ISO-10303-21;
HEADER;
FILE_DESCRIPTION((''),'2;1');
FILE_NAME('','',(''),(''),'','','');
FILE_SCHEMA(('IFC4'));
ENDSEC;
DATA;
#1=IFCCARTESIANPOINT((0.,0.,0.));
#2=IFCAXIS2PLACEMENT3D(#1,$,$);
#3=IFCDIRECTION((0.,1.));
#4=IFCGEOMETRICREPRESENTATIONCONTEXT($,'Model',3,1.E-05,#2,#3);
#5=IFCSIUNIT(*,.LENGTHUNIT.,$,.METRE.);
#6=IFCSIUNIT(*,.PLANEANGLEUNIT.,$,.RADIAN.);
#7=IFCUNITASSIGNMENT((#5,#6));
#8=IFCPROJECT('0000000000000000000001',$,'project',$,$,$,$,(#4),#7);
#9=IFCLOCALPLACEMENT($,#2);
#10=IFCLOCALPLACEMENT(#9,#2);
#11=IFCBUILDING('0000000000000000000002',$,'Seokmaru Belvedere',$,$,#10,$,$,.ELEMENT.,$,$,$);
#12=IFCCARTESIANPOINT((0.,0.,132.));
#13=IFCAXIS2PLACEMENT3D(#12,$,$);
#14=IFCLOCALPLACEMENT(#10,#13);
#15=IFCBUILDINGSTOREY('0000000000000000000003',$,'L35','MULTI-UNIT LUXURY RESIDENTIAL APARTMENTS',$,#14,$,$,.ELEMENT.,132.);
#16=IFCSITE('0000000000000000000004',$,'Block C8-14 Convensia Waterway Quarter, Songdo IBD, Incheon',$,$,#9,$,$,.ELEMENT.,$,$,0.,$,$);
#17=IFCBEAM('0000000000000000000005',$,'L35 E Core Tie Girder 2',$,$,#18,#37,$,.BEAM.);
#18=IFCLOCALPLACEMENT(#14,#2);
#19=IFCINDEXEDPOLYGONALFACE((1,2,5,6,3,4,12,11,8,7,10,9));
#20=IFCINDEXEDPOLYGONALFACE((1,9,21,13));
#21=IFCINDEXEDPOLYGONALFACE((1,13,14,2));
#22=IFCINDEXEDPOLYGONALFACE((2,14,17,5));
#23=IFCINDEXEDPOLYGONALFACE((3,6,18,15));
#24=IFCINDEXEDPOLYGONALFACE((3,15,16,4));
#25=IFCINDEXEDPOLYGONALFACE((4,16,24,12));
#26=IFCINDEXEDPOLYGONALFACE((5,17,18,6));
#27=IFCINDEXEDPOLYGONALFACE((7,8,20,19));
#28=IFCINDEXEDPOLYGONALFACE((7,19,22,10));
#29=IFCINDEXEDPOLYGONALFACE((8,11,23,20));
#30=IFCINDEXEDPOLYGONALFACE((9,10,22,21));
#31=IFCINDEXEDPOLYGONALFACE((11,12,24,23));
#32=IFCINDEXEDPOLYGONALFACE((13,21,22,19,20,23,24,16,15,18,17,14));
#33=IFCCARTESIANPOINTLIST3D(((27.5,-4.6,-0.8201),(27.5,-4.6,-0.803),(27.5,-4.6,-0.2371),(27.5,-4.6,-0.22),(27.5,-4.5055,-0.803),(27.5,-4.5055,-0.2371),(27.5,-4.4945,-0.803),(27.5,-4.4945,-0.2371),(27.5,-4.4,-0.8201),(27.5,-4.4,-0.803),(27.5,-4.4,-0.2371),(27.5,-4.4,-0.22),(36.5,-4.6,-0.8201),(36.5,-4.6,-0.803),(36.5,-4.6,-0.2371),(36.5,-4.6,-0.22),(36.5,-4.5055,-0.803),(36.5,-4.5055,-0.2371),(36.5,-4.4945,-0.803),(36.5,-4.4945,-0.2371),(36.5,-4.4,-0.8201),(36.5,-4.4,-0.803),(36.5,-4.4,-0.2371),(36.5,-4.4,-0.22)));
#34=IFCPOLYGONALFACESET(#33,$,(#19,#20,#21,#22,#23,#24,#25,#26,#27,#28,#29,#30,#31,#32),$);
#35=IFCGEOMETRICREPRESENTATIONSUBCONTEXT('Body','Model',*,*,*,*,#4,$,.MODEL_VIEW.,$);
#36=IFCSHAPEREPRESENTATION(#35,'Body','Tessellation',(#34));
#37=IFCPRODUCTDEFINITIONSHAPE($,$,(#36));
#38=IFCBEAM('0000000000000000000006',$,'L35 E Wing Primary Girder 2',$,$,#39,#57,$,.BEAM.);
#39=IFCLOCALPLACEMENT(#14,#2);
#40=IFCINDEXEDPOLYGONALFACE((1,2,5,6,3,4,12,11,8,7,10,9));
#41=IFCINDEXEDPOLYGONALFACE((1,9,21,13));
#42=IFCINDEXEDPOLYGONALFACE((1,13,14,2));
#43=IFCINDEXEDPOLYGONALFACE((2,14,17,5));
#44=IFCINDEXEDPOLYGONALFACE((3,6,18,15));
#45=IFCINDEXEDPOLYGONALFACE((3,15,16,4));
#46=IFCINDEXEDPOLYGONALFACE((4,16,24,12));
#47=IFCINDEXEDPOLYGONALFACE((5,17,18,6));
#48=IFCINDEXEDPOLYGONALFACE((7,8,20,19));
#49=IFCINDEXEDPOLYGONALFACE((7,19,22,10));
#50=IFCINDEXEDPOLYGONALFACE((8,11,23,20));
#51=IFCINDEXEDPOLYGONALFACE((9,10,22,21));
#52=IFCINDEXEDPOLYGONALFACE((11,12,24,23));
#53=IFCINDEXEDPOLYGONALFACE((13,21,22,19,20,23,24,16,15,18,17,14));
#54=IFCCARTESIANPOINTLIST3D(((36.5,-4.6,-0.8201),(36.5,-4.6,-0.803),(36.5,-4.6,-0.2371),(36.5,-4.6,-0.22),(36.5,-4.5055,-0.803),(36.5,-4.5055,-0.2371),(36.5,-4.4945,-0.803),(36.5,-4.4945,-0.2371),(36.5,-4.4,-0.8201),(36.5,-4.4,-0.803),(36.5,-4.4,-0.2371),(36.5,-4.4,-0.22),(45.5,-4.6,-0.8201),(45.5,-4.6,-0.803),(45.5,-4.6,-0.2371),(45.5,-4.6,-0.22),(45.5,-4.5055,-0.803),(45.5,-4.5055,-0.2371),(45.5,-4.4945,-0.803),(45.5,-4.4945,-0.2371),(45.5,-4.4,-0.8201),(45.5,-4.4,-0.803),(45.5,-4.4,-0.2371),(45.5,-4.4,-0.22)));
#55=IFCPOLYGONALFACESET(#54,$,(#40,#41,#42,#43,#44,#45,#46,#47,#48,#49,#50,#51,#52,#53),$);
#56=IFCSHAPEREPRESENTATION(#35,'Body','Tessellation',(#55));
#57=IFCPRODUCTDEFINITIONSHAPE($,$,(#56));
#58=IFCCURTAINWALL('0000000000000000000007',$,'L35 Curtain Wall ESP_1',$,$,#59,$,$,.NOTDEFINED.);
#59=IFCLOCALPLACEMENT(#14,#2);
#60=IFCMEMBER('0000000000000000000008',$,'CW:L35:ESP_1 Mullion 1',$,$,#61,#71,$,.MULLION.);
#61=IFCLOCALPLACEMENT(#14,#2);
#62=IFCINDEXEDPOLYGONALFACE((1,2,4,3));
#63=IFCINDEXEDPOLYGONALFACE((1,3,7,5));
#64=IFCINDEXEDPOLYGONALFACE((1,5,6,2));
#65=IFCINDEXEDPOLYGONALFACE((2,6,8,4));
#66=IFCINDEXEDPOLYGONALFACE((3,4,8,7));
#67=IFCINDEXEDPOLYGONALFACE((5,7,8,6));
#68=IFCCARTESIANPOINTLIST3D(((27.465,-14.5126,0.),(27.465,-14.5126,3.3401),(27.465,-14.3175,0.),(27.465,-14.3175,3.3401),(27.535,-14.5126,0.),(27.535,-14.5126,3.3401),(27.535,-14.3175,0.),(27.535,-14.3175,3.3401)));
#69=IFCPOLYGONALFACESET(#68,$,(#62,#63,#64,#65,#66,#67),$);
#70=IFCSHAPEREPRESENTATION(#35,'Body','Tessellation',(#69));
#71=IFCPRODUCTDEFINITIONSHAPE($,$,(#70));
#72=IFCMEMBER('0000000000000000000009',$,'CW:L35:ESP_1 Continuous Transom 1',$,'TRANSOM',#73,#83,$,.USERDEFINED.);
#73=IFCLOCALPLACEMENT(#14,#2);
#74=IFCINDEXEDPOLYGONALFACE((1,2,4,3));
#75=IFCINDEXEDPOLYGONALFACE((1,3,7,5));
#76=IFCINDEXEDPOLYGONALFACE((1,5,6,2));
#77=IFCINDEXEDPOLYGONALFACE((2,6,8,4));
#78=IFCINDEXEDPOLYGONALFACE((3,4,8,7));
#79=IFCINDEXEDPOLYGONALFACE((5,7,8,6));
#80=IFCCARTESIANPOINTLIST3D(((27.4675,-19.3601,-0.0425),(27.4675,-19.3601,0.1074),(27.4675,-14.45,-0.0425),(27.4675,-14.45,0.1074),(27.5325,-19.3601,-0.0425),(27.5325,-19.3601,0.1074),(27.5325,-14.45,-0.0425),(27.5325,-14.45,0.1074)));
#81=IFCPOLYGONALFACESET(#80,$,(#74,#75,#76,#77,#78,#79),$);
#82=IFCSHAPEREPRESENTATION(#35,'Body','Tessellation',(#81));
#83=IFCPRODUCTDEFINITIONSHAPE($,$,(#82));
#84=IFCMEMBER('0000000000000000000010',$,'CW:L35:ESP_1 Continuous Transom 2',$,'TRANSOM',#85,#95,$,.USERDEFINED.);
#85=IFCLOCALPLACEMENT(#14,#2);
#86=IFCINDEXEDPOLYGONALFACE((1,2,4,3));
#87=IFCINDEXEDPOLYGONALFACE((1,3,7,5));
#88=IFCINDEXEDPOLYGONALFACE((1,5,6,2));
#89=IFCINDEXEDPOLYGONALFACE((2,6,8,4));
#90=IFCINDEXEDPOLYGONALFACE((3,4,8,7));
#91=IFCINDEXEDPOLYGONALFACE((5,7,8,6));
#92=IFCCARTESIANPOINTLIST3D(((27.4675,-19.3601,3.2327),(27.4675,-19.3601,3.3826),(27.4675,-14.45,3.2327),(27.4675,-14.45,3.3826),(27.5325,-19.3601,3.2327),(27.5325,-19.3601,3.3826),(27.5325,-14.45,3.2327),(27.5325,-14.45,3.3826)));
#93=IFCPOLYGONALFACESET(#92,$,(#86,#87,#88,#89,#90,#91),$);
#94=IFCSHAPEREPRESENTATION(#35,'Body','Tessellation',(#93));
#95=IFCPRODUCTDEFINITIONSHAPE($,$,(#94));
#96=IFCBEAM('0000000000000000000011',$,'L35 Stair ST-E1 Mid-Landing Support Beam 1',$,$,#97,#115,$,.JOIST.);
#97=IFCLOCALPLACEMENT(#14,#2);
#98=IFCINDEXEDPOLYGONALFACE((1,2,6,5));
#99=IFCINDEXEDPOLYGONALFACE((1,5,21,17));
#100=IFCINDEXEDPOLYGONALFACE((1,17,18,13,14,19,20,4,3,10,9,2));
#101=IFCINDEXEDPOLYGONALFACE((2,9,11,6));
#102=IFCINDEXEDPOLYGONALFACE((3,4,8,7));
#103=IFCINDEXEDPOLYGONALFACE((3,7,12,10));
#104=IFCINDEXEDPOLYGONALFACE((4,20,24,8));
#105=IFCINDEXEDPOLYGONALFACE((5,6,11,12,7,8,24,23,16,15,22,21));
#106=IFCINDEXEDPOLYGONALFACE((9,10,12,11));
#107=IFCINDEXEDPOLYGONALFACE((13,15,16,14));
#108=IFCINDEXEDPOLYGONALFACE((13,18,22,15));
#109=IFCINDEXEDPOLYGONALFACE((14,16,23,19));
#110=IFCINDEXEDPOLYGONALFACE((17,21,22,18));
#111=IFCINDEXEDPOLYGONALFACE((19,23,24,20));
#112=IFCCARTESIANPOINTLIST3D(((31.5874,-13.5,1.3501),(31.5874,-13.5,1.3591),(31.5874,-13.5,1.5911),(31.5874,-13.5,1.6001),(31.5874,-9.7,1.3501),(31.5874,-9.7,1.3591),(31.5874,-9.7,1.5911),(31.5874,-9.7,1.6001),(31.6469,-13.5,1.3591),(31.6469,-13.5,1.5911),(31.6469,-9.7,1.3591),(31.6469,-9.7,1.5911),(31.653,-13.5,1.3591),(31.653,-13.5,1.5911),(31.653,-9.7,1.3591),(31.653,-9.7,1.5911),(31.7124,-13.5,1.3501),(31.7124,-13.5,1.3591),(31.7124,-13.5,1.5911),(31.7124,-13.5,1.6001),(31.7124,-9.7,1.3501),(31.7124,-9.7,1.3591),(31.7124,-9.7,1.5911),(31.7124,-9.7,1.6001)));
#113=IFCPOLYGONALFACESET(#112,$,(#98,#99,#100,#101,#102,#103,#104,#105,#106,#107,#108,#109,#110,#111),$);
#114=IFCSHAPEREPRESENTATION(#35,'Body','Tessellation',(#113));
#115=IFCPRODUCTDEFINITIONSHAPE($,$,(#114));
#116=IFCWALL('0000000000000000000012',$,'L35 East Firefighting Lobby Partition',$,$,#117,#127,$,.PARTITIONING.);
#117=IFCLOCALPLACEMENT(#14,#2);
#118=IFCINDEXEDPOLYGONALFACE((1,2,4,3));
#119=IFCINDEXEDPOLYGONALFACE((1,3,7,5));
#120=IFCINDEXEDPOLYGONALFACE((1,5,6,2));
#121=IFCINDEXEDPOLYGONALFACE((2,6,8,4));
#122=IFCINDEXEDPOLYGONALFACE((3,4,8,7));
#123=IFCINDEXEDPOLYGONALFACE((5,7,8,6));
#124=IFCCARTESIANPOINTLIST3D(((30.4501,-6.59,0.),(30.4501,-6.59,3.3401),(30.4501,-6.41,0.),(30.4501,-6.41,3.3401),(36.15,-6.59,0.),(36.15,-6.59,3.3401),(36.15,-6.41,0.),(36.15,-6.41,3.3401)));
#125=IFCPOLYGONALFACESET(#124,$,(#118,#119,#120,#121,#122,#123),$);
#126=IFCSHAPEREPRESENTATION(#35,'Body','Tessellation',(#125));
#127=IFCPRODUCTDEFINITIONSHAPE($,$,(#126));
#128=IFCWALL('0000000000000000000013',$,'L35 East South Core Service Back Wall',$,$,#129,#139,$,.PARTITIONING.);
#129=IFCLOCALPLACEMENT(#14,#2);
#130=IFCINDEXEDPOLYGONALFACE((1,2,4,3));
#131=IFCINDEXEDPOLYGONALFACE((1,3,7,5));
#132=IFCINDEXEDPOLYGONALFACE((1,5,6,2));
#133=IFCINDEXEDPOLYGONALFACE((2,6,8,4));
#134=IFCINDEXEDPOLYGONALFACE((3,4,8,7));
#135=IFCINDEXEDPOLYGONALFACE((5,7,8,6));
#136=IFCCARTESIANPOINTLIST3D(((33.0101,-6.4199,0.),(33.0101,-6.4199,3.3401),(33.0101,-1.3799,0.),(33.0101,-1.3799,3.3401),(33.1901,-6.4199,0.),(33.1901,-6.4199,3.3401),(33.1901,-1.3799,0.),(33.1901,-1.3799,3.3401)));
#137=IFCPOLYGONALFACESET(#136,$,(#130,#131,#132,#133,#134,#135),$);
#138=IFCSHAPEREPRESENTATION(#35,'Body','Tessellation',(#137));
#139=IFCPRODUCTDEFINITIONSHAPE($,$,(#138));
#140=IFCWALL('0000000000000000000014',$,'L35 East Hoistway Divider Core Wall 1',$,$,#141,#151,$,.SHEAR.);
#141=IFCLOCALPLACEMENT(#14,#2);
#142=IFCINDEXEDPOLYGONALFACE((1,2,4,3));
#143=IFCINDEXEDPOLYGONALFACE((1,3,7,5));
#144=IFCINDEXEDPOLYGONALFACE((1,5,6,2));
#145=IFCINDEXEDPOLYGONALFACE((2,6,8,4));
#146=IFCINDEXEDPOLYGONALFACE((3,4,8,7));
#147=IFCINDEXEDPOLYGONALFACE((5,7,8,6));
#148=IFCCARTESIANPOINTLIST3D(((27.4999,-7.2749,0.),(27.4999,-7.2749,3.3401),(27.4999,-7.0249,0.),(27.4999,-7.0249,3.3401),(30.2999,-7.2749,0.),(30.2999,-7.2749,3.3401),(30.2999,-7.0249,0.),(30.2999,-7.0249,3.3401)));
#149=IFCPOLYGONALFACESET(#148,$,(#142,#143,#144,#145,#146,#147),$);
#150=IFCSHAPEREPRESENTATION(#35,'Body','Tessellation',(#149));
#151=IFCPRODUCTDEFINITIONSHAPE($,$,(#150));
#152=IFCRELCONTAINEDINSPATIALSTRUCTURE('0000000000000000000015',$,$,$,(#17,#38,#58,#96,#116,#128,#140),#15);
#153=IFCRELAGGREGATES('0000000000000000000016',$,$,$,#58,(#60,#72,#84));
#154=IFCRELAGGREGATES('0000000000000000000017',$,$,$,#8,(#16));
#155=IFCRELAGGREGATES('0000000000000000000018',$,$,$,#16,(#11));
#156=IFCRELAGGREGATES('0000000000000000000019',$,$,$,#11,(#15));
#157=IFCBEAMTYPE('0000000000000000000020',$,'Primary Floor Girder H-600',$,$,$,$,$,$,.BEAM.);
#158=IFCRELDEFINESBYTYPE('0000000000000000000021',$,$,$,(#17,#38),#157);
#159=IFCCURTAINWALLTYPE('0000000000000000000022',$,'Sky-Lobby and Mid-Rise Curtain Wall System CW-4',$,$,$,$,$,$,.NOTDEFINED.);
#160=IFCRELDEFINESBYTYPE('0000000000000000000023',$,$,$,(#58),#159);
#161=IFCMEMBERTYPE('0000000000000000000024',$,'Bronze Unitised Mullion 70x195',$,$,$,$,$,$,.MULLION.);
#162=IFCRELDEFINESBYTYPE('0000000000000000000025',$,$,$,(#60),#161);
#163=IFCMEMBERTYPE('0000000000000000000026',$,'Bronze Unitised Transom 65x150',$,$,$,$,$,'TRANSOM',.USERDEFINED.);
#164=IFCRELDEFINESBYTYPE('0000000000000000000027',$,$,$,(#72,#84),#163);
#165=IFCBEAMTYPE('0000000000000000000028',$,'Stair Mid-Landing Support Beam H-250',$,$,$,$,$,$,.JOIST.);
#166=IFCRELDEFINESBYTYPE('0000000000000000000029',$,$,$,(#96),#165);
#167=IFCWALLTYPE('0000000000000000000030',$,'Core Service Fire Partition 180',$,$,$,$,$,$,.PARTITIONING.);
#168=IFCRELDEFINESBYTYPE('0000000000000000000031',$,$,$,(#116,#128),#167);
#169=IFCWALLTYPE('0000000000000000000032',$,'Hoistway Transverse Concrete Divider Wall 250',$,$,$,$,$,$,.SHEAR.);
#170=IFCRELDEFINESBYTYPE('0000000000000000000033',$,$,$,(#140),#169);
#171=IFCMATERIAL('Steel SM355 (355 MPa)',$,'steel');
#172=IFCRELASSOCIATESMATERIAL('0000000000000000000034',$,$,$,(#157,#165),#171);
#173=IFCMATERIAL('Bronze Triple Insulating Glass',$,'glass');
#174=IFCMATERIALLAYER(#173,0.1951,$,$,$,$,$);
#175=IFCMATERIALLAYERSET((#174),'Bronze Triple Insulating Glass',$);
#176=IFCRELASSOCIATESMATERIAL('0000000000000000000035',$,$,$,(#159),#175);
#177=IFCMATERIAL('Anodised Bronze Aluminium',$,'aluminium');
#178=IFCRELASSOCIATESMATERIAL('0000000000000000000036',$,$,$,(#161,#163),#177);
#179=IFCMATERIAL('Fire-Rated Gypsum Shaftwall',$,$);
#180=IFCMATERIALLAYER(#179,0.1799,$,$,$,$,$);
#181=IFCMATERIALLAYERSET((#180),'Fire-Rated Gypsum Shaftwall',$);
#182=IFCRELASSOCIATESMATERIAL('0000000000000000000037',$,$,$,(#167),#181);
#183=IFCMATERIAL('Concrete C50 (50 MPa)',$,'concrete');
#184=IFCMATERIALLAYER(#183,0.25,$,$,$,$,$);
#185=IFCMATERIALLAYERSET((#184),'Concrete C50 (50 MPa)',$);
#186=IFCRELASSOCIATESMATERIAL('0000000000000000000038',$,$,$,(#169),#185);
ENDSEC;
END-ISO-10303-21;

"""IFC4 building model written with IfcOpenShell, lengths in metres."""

from ifc_helpers import new_model, si_unit, direction, frame, frame_2d, origin, origin_2d, place, context, subcontext, project, spatial, rectangle, i_section, extrude, source, transform, mapped, material, layer, layer_set, material_profile, profile_set, type_object, type_shapes, element, aggregate, save


model = new_model("IFC4")

# Units and contexts
model_context = context("Model", 3, precision=1e-05, world=origin(), true_north=direction((0.0, 1.0)))
body_context = subcontext(model_context, "Body", "Model", "MODEL_VIEW")
ifc_project = project(units=[si_unit("LENGTHUNIT", "METRE"), si_unit("PLANEANGLEUNIT", "RADIAN")], contexts=[model_context])

# Site, building, storey
site_placement = place(None, origin())
site = spatial("IfcSite", under=ifc_project, at=site_placement, Name="Block C8-14 Convensia Waterway Quarter, Songdo IBD, Incheon", CompositionType="ELEMENT", RefElevation=0.0)
building_placement = place(site_placement, origin())
building = spatial("IfcBuilding", under=site, at=building_placement, Name="Seokmaru Belvedere", CompositionType="ELEMENT")
storey_placement = place(building_placement, frame((0.0, 0.0, 132.0)))
storey = spatial("IfcBuildingStorey", under=building, at=storey_placement, Name="L35", Description="MULTI-UNIT LUXURY RESIDENTIAL APARTMENTS", CompositionType="ELEMENT", Elevation=132.0)

# Shared definitions
ifc_material_1 = material(Name="Steel SM355 (355 MPa)", Category="steel")

# Beams
ifc_material_profile_1 = material_profile(ifc_material_1, i_section(OverallWidth=0.2, OverallDepth=0.6001, WebThickness=0.011, FlangeThickness=0.0171, at=origin_2d()), Name="H-600x200x11x17")
ifc_profile_set_1 = profile_set([ifc_material_profile_1], Name="Steel SM355 (355 MPa)")
beam_type_1 = type_object("IfcBeamType", Name="Primary Floor Girder H-600", PredefinedType="BEAM", material=ifc_profile_set_1)
shared_shape_1 = source(origin(), body_context, "Body", "SweptSolid", [
    extrude(i_section(OverallWidth=0.2, OverallDepth=0.6001, WebThickness=0.011, FlangeThickness=0.0171, at=origin_2d()), origin(), (0.0, 0.0, 1.0), 9.0),
])
type_shapes(beam_type_1, [shared_shape_1])
for number, where, z_axis, x_axis, name in (
    (1, (27.5, -4.5, -0.52), (1.0, 0.0, 0.0), (0.0, 1.0, 0.0), "L35 E Core Tie Girder 2"),
    (2, (36.5, -4.5, -0.52), (1.0, 0.0, 0.0), (0.0, 1.0, 0.0), "L35 E Wing Primary Girder 2"),
):
    element("IfcBeam", number, at=place(storey_placement, frame(where, z_axis=z_axis, x_axis=x_axis)), inside=storey, type_object=beam_type_1, Name=name, PredefinedType="BEAM", context=body_context, shape_type="MappedRepresentation", body=[
        mapped(shared_shape_1, transform((0.0, 0.0, 0.0), scale=1.0)),
    ])

# Curtain wall, members
ifc_material_2 = material(Name="Bronze Triple Insulating Glass", Category="glass")
ifc_layer_1 = layer(ifc_material_2, 0.1951)
ifc_layer_set_1 = layer_set([ifc_layer_1], Name="Bronze Triple Insulating Glass")
curtain_wall_type = type_object("IfcCurtainWallType", Name="Sky-Lobby and Mid-Rise Curtain Wall System CW-4", PredefinedType="NOTDEFINED", material=ifc_layer_set_1)
curtain_wall_placement = place(storey_placement, origin())
curtain_wall = element("IfcCurtainWall", 3, at=curtain_wall_placement, inside=storey, type_object=curtain_wall_type, Name="L35 Curtain Wall ESP_1", PredefinedType="NOTDEFINED")
ifc_material_3 = material(Name="Anodised Bronze Aluminium", Category="aluminium")
ifc_material_profile_2 = material_profile(ifc_material_3, rectangle(XDim=0.0701, YDim=0.1951, at=origin_2d()), Name="CW-M-70x195")
ifc_profile_set_2 = profile_set([ifc_material_profile_2], Name="Anodised Bronze Aluminium")
member_type_1 = type_object("IfcMemberType", Name="Bronze Unitised Mullion 70x195", PredefinedType="MULLION", material=ifc_profile_set_2)
shared_shape_2 = source(origin(), body_context, "Body", "SweptSolid", [
    extrude(rectangle(XDim=0.0701, YDim=0.1951, at=origin_2d()), origin(), (0.0, 0.0, 1.0), 3.3401),
])
type_shapes(member_type_1, [shared_shape_2])
member_1_placement = place(storey_placement, frame((27.5, -14.415, 0.0), z_axis=(0.0, 0.0, 1.0), x_axis=(1.0, 0.0, 0.0)))
member_1 = element("IfcMember", 4, at=member_1_placement, type_object=member_type_1, Name="CW:L35:ESP_1 Mullion 1", PredefinedType="MULLION", context=body_context, shape_type="MappedRepresentation", body=[
    mapped(shared_shape_2, transform((0.0, 0.0, 0.0), scale=1.0)),
])
ifc_material_profile_3 = material_profile(ifc_material_3, rectangle(XDim=0.0649, YDim=0.1499, at=origin_2d()), Name="CW-T-65x150")
ifc_profile_set_3 = profile_set([ifc_material_profile_3], Name="Anodised Bronze Aluminium")
member_type_2 = type_object("IfcMemberType", Name="Bronze Unitised Transom 65x150", ElementType="TRANSOM", PredefinedType="USERDEFINED", material=ifc_profile_set_3)
shared_shape_3 = source(origin(), body_context, "Body", "SweptSolid", [
    extrude(rectangle(XDim=0.0649, YDim=0.1499, at=origin_2d()), origin(), (0.0, 0.0, 1.0), 4.9102),
])
type_shapes(member_type_2, [shared_shape_3])
member_2_placement = place(storey_placement, frame((27.5, -14.45, 0.0325), z_axis=(0.0, -1.0, 0.0), x_axis=(1.0, 0.0, 0.0)))
member_2 = element("IfcMember", 5, at=member_2_placement, type_object=member_type_2, Name="CW:L35:ESP_1 Continuous Transom 1", ObjectType="TRANSOM", PredefinedType="USERDEFINED", context=body_context, shape_type="MappedRepresentation", body=[
    mapped(shared_shape_3, transform((0.0, 0.0, 0.0), scale=1.0)),
])
member_3_placement = place(storey_placement, frame((27.5, -14.45, 3.3076), z_axis=(0.0, -1.0, 0.0), x_axis=(1.0, 0.0, 0.0)))
member_3 = element("IfcMember", 6, at=member_3_placement, type_object=member_type_2, Name="CW:L35:ESP_1 Continuous Transom 2", ObjectType="TRANSOM", PredefinedType="USERDEFINED", context=body_context, shape_type="MappedRepresentation", body=[
    mapped(shared_shape_3, transform((0.0, 0.0, 0.0), scale=1.0)),
])
aggregate(curtain_wall, [member_1, member_2, member_3])

# Beam
ifc_material_profile_4 = material_profile(ifc_material_1, i_section(OverallWidth=0.125, OverallDepth=0.25, WebThickness=0.0061, FlangeThickness=0.009, at=origin_2d()), Name="H-250x125x6x9")
ifc_profile_set_4 = profile_set([ifc_material_profile_4], Name="Steel SM355 (355 MPa)")
beam_type_2 = type_object("IfcBeamType", Name="Stair Mid-Landing Support Beam H-250", PredefinedType="JOIST", material=ifc_profile_set_4)
shared_shape_4 = source(origin(), body_context, "Body", "SweptSolid", [
    extrude(i_section(OverallWidth=0.125, OverallDepth=0.25, WebThickness=0.0061, FlangeThickness=0.009, at=origin_2d()), origin(), (0.0, 0.0, 1.0), 3.8),
])
type_shapes(beam_type_2, [shared_shape_4])
beam_1_placement = place(storey_placement, frame((31.6499, -13.5, 1.4751), z_axis=(0.0, 1.0, 0.0), x_axis=(-1.0, 0.0, 0.0)))
element("IfcBeam", 7, at=beam_1_placement, inside=storey, type_object=beam_type_2, Name="L35 Stair ST-E1 Mid-Landing Support Beam 1", PredefinedType="JOIST", context=body_context, shape_type="MappedRepresentation", body=[
    mapped(shared_shape_4, transform((0.0, 0.0, 0.0), scale=1.0)),
])

# Walls
ifc_material_4 = material(Name="Fire-Rated Gypsum Shaftwall")
ifc_layer_2 = layer(ifc_material_4, 0.1799)
ifc_layer_set_2 = layer_set([ifc_layer_2], Name="Fire-Rated Gypsum Shaftwall")
wall_type_1 = type_object("IfcWallType", Name="Core Service Fire Partition 180", PredefinedType="PARTITIONING", material=ifc_layer_set_2)
wall_1_placement = place(storey_placement, frame((30.45, -6.5, 0.0), z_axis=(0.0, 0.0, 1.0), x_axis=(1.0, 0.0, 0.0)))
element("IfcWall", 8, at=wall_1_placement, inside=storey, type_object=wall_type_1, Name="L35 East Firefighting Lobby Partition", PredefinedType="PARTITIONING", context=body_context, shape_type="SweptSolid", body=[
    extrude(rectangle(XDim=5.7, YDim=0.1799, at=frame_2d((2.8501, 0.0))), origin(), (0.0, 0.0, 1.0), 3.3401),
])
wall_2_placement = place(storey_placement, frame((33.1001, -6.4199, 0.0), z_axis=(0.0, 0.0, 1.0), x_axis=(0.0, 1.0, 0.0)))
element("IfcWall", 9, at=wall_2_placement, inside=storey, type_object=wall_type_1, Name="L35 East South Core Service Back Wall", PredefinedType="PARTITIONING", context=body_context, shape_type="SweptSolid", body=[
    extrude(rectangle(XDim=5.04, YDim=0.1799, at=frame_2d((2.52, 0.0))), origin(), (0.0, 0.0, 1.0), 3.3401),
])
ifc_material_5 = material(Name="Concrete C50 (50 MPa)", Category="concrete")
ifc_layer_3 = layer(ifc_material_5, 0.25)
ifc_layer_set_3 = layer_set([ifc_layer_3], Name="Concrete C50 (50 MPa)")
wall_type_2 = type_object("IfcWallType", Name="Hoistway Transverse Concrete Divider Wall 250", PredefinedType="SHEAR", material=ifc_layer_set_3)
wall_3_placement = place(storey_placement, frame((27.5, -7.1499, 0.0), z_axis=(0.0, 0.0, 1.0), x_axis=(1.0, 0.0, 0.0)))
element("IfcWall", 10, at=wall_3_placement, inside=storey, type_object=wall_type_2, Name="L35 East Hoistway Divider Core Wall 1", PredefinedType="SHEAR", context=body_context, shape_type="SweptSolid", body=[
    extrude(rectangle(XDim=2.8, YDim=0.25, at=frame_2d((1.3999, 0.0))), origin(), (0.0, 0.0, 1.0), 3.3401),
])

save(model, "model.ifc")
